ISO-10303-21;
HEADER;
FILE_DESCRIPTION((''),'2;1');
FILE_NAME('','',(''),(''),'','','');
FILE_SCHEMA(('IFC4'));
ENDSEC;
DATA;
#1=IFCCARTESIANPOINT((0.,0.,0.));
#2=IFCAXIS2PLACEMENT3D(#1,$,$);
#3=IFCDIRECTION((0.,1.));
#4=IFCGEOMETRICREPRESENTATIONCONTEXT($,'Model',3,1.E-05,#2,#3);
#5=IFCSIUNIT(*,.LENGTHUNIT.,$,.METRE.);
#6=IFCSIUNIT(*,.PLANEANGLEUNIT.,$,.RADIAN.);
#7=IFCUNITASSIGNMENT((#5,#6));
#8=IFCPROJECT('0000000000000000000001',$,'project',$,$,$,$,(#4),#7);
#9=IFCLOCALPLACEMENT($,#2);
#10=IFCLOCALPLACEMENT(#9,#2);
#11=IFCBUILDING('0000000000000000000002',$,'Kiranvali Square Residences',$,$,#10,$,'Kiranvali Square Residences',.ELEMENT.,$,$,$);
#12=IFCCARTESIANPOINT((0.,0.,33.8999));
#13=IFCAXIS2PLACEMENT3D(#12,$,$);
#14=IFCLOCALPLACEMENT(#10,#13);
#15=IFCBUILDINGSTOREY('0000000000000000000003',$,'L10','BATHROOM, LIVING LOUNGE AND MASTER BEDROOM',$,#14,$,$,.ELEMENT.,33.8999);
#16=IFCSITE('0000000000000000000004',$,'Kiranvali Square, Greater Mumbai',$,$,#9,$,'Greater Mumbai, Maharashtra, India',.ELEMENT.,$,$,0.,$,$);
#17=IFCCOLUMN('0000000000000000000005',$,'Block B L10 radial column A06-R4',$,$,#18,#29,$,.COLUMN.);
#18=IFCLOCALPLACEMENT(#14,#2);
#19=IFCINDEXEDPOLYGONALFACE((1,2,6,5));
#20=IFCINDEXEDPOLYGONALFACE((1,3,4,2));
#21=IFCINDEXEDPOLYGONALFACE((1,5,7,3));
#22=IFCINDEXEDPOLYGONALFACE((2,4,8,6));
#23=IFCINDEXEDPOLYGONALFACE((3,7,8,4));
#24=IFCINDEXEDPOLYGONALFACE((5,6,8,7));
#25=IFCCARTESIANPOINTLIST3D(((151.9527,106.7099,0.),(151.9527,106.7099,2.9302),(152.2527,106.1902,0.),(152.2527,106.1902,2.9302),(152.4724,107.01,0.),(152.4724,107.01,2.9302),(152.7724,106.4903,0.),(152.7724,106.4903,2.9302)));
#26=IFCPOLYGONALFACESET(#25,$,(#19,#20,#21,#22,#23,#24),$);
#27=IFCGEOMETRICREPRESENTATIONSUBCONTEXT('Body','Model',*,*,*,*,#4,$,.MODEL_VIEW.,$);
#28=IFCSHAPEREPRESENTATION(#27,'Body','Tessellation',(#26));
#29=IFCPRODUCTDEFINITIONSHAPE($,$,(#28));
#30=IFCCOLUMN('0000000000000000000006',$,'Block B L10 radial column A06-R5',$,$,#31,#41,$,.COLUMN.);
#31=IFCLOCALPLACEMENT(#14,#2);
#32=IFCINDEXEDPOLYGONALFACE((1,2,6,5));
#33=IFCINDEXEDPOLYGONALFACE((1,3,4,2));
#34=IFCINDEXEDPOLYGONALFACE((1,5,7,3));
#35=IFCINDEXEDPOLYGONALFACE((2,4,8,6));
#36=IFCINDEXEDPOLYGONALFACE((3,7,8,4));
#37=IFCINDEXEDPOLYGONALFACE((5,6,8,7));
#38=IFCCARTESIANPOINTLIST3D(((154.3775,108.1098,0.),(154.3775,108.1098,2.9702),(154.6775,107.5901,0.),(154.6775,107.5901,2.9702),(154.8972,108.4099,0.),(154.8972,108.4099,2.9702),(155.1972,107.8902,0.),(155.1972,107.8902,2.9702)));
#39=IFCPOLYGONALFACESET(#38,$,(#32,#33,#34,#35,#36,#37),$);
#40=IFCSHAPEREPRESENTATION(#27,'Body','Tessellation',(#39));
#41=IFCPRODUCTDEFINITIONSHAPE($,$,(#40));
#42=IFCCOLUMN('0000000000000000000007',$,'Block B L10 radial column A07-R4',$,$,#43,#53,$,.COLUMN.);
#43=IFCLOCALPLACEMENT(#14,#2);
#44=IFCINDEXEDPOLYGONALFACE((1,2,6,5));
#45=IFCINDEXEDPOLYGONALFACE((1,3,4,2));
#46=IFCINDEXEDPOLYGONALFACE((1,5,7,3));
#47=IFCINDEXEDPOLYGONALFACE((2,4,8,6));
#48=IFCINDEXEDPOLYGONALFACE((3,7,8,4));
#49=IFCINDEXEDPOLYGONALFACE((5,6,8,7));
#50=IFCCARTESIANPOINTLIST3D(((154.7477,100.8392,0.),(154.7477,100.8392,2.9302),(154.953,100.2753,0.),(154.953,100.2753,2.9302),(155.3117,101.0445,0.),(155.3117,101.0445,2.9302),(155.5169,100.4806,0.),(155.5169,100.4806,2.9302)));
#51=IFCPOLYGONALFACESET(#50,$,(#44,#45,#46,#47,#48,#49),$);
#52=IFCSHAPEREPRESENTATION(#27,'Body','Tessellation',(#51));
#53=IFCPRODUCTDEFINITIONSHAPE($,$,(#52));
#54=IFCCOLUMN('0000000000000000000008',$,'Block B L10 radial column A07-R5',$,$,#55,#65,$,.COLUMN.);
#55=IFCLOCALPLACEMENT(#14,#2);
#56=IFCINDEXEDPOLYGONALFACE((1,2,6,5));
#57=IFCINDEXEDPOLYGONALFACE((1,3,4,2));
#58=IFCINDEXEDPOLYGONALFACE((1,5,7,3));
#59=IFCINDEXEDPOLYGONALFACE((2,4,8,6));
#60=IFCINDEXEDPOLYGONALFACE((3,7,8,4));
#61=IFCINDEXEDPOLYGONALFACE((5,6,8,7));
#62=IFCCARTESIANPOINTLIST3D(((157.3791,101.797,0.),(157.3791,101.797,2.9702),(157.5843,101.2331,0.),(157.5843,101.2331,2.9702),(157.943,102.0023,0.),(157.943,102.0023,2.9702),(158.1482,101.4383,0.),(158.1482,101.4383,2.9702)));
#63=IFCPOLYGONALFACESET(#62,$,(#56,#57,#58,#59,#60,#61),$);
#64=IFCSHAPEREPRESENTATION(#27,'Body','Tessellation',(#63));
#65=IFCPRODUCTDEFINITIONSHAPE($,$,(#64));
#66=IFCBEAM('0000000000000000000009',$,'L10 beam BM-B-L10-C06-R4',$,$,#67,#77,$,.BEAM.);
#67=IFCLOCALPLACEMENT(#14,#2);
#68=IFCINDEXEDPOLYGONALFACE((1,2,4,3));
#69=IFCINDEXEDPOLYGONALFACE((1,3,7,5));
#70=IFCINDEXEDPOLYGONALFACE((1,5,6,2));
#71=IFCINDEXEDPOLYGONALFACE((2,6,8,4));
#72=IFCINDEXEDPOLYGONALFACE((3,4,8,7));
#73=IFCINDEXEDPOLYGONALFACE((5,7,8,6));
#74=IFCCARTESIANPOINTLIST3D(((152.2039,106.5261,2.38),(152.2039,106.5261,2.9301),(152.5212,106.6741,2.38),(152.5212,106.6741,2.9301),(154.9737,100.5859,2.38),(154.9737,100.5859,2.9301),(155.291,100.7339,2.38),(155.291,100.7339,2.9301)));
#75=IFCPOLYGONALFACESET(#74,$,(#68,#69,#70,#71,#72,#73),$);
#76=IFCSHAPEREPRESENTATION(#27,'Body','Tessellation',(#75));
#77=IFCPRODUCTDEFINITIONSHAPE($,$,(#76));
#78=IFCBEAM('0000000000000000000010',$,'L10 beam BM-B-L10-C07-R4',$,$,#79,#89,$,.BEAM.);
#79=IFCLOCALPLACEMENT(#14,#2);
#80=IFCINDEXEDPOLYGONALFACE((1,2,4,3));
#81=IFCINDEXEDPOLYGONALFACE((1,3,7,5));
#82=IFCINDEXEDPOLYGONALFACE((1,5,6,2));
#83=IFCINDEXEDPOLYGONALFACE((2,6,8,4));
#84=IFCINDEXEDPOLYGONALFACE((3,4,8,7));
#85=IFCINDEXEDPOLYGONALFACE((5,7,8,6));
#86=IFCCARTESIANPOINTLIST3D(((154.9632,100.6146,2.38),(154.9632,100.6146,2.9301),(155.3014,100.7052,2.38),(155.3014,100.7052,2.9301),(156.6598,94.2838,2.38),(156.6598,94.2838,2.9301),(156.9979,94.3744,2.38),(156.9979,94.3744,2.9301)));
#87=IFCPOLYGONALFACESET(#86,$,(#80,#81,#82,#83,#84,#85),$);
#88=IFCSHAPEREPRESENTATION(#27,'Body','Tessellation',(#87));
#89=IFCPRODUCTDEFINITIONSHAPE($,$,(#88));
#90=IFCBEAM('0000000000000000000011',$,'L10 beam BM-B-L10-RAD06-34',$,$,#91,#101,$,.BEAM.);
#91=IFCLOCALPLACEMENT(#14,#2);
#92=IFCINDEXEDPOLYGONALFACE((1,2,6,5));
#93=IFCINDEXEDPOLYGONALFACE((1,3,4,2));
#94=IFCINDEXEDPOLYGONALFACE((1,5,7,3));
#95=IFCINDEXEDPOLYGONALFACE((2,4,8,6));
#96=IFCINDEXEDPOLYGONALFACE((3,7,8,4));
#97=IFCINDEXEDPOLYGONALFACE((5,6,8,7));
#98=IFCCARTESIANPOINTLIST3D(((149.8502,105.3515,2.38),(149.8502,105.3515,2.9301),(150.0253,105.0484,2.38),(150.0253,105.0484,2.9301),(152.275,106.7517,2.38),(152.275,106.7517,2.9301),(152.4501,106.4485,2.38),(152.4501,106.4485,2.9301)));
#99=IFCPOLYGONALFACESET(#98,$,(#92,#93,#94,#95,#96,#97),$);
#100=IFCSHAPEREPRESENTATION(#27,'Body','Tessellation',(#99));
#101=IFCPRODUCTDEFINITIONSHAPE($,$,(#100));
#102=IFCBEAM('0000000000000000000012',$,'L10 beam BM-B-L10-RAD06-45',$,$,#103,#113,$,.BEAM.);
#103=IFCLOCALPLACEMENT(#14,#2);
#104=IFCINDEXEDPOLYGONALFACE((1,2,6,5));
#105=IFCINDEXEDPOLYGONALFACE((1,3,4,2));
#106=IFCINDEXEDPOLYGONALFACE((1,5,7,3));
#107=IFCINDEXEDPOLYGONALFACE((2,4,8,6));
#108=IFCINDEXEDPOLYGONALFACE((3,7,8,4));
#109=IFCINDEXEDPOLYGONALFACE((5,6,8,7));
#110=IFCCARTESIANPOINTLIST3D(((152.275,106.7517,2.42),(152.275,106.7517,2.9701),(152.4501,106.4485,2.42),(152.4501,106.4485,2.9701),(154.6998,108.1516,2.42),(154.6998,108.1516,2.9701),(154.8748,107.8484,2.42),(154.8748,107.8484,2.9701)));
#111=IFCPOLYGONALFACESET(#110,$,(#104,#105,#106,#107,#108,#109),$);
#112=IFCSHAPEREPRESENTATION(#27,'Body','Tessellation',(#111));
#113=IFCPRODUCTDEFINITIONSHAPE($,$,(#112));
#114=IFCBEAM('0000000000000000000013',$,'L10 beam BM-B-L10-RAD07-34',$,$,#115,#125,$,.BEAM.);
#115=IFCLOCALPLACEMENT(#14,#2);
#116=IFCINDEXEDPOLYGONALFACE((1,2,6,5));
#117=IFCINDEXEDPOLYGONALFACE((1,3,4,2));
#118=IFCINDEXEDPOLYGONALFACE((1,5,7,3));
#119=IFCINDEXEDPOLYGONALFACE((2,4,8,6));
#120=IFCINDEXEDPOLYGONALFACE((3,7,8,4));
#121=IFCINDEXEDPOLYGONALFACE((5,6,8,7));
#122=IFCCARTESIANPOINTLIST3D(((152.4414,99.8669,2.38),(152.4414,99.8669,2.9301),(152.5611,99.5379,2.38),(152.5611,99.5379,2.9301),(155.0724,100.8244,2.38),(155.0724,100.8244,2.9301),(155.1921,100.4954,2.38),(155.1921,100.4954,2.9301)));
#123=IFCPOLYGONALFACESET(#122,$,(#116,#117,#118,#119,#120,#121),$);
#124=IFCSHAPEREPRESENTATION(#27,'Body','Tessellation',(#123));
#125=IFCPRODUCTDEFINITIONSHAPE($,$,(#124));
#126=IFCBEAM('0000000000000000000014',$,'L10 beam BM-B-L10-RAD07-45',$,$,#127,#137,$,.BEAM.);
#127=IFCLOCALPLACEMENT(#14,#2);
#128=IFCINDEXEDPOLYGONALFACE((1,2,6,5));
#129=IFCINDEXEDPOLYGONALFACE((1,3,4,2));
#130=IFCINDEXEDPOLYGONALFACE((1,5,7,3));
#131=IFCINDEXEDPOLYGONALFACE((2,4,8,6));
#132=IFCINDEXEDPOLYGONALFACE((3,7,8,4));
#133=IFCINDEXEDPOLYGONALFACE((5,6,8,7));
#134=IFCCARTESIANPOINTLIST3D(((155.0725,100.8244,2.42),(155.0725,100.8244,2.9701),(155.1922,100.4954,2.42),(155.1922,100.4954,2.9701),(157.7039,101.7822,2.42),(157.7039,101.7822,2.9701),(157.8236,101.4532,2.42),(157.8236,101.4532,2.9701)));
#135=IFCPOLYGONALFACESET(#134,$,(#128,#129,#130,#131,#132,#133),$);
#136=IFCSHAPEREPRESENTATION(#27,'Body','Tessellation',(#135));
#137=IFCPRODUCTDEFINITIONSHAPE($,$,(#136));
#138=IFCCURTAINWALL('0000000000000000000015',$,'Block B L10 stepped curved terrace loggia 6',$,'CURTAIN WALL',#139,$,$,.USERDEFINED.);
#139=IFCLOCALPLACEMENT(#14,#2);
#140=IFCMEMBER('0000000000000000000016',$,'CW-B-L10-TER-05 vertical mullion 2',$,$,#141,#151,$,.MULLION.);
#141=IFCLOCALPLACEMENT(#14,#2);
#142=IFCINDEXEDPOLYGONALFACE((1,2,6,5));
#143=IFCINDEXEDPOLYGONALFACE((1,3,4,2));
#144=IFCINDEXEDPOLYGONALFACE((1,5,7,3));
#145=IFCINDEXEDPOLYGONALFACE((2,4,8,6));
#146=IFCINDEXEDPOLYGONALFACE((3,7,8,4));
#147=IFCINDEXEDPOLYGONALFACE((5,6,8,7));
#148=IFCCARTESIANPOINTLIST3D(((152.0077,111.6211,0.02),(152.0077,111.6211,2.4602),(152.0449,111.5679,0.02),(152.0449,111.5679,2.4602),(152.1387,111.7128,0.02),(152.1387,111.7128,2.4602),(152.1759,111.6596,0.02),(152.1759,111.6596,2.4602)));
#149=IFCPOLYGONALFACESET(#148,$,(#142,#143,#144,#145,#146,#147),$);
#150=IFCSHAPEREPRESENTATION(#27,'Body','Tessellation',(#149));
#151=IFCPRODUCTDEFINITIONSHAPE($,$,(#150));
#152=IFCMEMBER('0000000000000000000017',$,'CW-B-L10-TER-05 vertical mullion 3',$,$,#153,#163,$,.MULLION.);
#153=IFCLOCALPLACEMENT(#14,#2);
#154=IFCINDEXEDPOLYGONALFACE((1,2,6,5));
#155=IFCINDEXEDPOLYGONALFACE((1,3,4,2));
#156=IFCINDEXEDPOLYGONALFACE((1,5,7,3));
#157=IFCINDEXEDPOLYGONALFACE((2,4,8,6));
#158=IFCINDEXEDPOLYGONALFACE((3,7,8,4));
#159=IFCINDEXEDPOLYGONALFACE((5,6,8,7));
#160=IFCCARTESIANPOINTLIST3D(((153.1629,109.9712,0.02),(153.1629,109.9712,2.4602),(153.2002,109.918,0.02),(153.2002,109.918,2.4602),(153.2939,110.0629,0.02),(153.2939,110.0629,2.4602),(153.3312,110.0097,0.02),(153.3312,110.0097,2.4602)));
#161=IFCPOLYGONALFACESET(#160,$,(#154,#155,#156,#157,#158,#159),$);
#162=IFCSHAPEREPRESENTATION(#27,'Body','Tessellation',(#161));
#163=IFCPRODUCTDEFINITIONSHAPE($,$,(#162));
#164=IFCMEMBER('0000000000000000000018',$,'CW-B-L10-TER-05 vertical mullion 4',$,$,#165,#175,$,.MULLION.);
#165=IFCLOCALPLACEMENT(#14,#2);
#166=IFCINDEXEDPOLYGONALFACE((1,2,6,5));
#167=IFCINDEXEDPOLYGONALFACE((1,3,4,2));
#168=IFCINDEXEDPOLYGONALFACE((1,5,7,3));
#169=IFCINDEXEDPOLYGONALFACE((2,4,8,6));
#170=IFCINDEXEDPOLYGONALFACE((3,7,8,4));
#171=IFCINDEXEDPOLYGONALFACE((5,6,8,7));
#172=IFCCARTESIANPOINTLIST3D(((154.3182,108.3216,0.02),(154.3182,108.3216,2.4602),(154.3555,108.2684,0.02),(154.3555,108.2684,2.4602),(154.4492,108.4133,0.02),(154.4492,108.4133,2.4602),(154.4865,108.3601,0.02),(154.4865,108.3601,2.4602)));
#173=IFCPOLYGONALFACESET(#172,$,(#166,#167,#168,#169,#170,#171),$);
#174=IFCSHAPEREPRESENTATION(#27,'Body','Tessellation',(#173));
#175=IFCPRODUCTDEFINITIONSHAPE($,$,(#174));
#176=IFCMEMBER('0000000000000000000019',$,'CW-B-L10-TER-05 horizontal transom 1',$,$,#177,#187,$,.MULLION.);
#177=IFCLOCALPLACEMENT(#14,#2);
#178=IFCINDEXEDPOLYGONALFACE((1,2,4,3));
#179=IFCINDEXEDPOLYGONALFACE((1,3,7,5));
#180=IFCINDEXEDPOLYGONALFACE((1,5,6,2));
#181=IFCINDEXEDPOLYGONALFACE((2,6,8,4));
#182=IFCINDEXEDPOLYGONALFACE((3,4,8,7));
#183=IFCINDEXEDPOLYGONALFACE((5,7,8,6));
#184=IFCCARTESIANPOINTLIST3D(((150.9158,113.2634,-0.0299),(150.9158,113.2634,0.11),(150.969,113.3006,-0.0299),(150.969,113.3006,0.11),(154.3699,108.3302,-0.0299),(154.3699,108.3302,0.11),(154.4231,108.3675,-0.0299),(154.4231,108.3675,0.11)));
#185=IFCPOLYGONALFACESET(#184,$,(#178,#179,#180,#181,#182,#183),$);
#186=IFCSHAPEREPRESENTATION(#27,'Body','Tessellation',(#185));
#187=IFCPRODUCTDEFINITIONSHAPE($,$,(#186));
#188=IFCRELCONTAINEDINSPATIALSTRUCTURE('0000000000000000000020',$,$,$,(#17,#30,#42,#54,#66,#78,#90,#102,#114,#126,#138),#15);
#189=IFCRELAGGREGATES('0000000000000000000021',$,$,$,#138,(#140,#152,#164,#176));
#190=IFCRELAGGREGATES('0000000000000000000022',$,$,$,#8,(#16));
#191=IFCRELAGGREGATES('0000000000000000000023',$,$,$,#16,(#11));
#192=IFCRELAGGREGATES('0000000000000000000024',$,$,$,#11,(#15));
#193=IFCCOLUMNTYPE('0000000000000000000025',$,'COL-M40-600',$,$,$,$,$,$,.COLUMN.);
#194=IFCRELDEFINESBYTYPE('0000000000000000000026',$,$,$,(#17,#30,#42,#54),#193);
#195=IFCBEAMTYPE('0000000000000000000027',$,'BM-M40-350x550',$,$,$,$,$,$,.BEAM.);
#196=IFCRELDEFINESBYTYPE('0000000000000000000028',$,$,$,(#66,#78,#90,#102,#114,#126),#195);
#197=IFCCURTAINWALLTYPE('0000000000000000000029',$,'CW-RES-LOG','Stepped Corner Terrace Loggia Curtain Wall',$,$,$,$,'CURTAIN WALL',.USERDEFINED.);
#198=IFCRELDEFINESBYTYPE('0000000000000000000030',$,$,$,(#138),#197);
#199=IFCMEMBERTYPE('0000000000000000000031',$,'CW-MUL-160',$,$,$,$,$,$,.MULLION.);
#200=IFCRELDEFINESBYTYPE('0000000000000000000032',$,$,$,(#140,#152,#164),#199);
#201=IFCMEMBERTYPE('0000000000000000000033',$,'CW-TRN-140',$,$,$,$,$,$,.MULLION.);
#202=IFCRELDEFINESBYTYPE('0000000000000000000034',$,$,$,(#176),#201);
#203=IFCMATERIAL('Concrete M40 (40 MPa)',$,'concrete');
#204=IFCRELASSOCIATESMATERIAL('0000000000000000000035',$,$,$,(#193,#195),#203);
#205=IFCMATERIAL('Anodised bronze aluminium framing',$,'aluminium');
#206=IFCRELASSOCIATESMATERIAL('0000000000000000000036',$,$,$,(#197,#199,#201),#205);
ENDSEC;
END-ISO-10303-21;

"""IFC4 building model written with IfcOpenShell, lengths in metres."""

from ifc_helpers import new_model, si_unit, direction, frame, origin, origin_2d, place, context, subcontext, project, spatial, rectangle, extrude, material, material_profile, profile_set, type_object, element, aggregate, save


model = new_model("IFC4")

# Units and contexts
model_context = context("Model", 3, precision=1e-05, world=origin(), true_north=direction((0.0, 1.0)))
body_context = subcontext(model_context, "Body", "Model", "MODEL_VIEW")
ifc_project = project(units=[si_unit("LENGTHUNIT", "METRE"), si_unit("PLANEANGLEUNIT", "RADIAN")], contexts=[model_context])

# Site, building, storey
site_placement = place(None, origin())
site = spatial("IfcSite", under=ifc_project, at=site_placement, Name="Kiranvali Square, Greater Mumbai", LongName="Greater Mumbai, Maharashtra, India", CompositionType="ELEMENT", RefElevation=0.0)
building_placement = place(site_placement, origin())
building = spatial("IfcBuilding", under=site, at=building_placement, Name="Kiranvali Square Residences", LongName="Kiranvali Square Residences", CompositionType="ELEMENT")
storey_placement = place(building_placement, frame((0.0, 0.0, 33.8999)))
storey = spatial("IfcBuildingStorey", under=building, at=storey_placement, Name="L10", Description="BATHROOM, LIVING LOUNGE AND MASTER BEDROOM", CompositionType="ELEMENT", Elevation=33.8999)

# Columns
ifc_material_1 = material(Name="Concrete M40 (40 MPa)", Category="concrete")
ifc_material_profile_1 = material_profile(ifc_material_1, rectangle(XDim=0.6001, YDim=0.6001, at=origin_2d()), Name="RC 600x600")
ifc_profile_set_1 = profile_set([ifc_material_profile_1], Name="Concrete M40 (40 MPa)")
column_type = type_object("IfcColumnType", Name="COL-M40-600", PredefinedType="COLUMN", material=ifc_profile_set_1)
column_1_placement = place(storey_placement, frame((152.3625, 106.6001, 0.0), z_axis=(0.0, 0.0, 1.0), x_axis=(-0.5, 0.866025, 0.0)))
element("IfcColumn", 1, at=column_1_placement, inside=storey, type_object=column_type, Name="Block B L10 radial column A06-R4", PredefinedType="COLUMN", context=body_context, shape_type="SweptSolid", body=[
    extrude(rectangle(XDim=0.6001, YDim=0.6001, at=origin_2d()), origin(), (0.0, 0.0, 1.0), 2.9302),
])
column_2_placement = place(storey_placement, frame((154.7874, 108.0, 0.0), z_axis=(0.0, 0.0, 1.0), x_axis=(-0.5, 0.866025, 0.0)))
element("IfcColumn", 2, at=column_2_placement, inside=storey, type_object=column_type, Name="Block B L10 radial column A06-R5", PredefinedType="COLUMN", context=body_context, shape_type="SweptSolid", body=[
    extrude(rectangle(XDim=0.6001, YDim=0.6001, at=origin_2d()), origin(), (0.0, 0.0, 1.0), 2.9702),
])
column_3_placement = place(storey_placement, frame((155.1323, 100.6599, 0.0), z_axis=(0.0, 0.0, 1.0), x_axis=(-0.34202, 0.939693, 0.0)))
element("IfcColumn", 3, at=column_3_placement, inside=storey, type_object=column_type, Name="Block B L10 radial column A07-R4", PredefinedType="COLUMN", context=body_context, shape_type="SweptSolid", body=[
    extrude(rectangle(XDim=0.6001, YDim=0.6001, at=origin_2d()), origin(), (0.0, 0.0, 1.0), 2.9302),
])
column_4_placement = place(storey_placement, frame((157.7637, 101.6177, 0.0), z_axis=(0.0, 0.0, 1.0), x_axis=(-0.34202, 0.939693, 0.0)))
element("IfcColumn", 4, at=column_4_placement, inside=storey, type_object=column_type, Name="Block B L10 radial column A07-R5", PredefinedType="COLUMN", context=body_context, shape_type="SweptSolid", body=[
    extrude(rectangle(XDim=0.6001, YDim=0.6001, at=origin_2d()), origin(), (0.0, 0.0, 1.0), 2.9702),
])

# Beams
ifc_material_profile_2 = material_profile(ifc_material_1, rectangle(XDim=0.3501, YDim=0.55, at=origin_2d()), Name="RC 350x550")
ifc_profile_set_2 = profile_set([ifc_material_profile_2], Name="Concrete M40 (40 MPa)")
beam_type_1 = type_object("IfcBeamType", Name="BM-M40-350x550", PredefinedType="BEAM", material=ifc_profile_set_2)
for number, where, z_axis, x_axis, name in (
    (5, (152.3625, 106.6001, 2.655), (0.422596, -0.906318, 0.0), (0.906318, 0.422596, 0.0), "L10 beam BM-B-L10-C06-R4"),
    (6, (155.1323, 100.6599, 2.655), (0.258847, -0.965918, 0.0), (0.965918, 0.258847, 0.0), "L10 beam BM-B-L10-C07-R4"),
):
    element("IfcBeam", number, at=place(storey_placement, frame(where, z_axis=z_axis, x_axis=x_axis)), inside=storey, type_object=beam_type_1, Name=name, PredefinedType="BEAM", context=body_context, shape_type="SweptSolid", body=[
        extrude(rectangle(XDim=0.3501, YDim=0.55, at=origin_2d()), origin(), (0.0, 0.0, 1.0), 6.5542),
    ])
beam_1_placement = place(storey_placement, frame((149.9377, 105.2, 2.655), z_axis=(0.865997, 0.50005, 0.0), x_axis=(-0.50005, 0.865997, 0.0)))
element("IfcBeam", 7, at=beam_1_placement, inside=storey, type_object=beam_type_1, Name="L10 beam BM-B-L10-RAD06-34", PredefinedType="BEAM", context=body_context, shape_type="SweptSolid", body=[
    extrude(rectangle(XDim=0.3501, YDim=0.55, at=origin_2d()), origin(), (0.0, 0.0, 1.0), 2.8),
])
for number, where, z_axis, x_axis, name in (
    (8, (152.3625, 106.6001, 2.6951), (0.866035, 0.499984, 0.0), (-0.499984, 0.866035, 0.0), "L10 beam BM-B-L10-RAD06-45"),
    (9, (152.5012, 99.7024, 2.655), (0.939707, 0.341981, 0.0), (-0.341981, 0.939707, 0.0), "L10 beam BM-B-L10-RAD07-34"),
):
    element("IfcBeam", number, at=place(storey_placement, frame(where, z_axis=z_axis, x_axis=x_axis)), inside=storey, type_object=beam_type_1, Name=name, PredefinedType="BEAM", context=body_context, shape_type="SweptSolid", body=[
        extrude(rectangle(XDim=0.3501, YDim=0.55, at=origin_2d()), origin(), (0.0, 0.0, 1.0), 2.7998),
    ])
beam_2_placement = place(storey_placement, frame((155.1323, 100.6599, 2.6951), z_axis=(0.939689, 0.34203, 0.0), x_axis=(-0.34203, 0.939689, 0.0)))
element("IfcBeam", 10, at=beam_2_placement, inside=storey, type_object=beam_type_1, Name="L10 beam BM-B-L10-RAD07-45", PredefinedType="BEAM", context=body_context, shape_type="SweptSolid", body=[
    extrude(rectangle(XDim=0.3501, YDim=0.55, at=origin_2d()), origin(), (0.0, 0.0, 1.0), 2.8003),
])

# Curtain wall, members
ifc_material_2 = material(Name="Anodised bronze aluminium framing", Category="aluminium")
curtain_wall_type = type_object("IfcCurtainWallType", Name="CW-RES-LOG", Description="Stepped Corner Terrace Loggia Curtain Wall", ElementType="CURTAIN WALL", PredefinedType="USERDEFINED", material=ifc_material_2)
curtain_wall_placement = place(storey_placement, origin())
curtain_wall = element("IfcCurtainWall", 11, at=curtain_wall_placement, inside=storey, type_object=curtain_wall_type, Name="Block B L10 stepped curved terrace loggia 6", ObjectType="CURTAIN WALL", PredefinedType="USERDEFINED")
ifc_material_profile_3 = material_profile(ifc_material_2, rectangle(XDim=0.0649, YDim=0.1599, at=origin_2d()), Name="ALU 65x160")
ifc_profile_set_3 = profile_set([ifc_material_profile_3], Name="Anodised bronze aluminium framing")
member_type_1 = type_object("IfcMemberType", Name="CW-MUL-160", PredefinedType="MULLION", material=ifc_profile_set_3)
member_1_placement = place(storey_placement, frame((152.0918, 111.6404, 0.02), z_axis=(0.0, 0.0, 1.0), x_axis=(0.573576, -0.819152, 0.0)))
member_1 = element("IfcMember", 12, at=member_1_placement, type_object=member_type_1, Name="CW-B-L10-TER-05 vertical mullion 2", PredefinedType="MULLION", context=body_context, shape_type="SweptSolid", body=[
    extrude(rectangle(XDim=0.0649, YDim=0.1599, at=origin_2d()), origin(), (0.0, 0.0, 1.0), 2.4402),
])
member_2_placement = place(storey_placement, frame((153.2471, 109.9905, 0.02), z_axis=(0.0, 0.0, 1.0), x_axis=(0.573576, -0.819152, 0.0)))
member_2 = element("IfcMember", 13, at=member_2_placement, type_object=member_type_1, Name="CW-B-L10-TER-05 vertical mullion 3", PredefinedType="MULLION", context=body_context, shape_type="SweptSolid", body=[
    extrude(rectangle(XDim=0.0649, YDim=0.1599, at=origin_2d()), origin(), (0.0, 0.0, 1.0), 2.4402),
])
member_3_placement = place(storey_placement, frame((154.4023, 108.3408, 0.02), z_axis=(0.0, 0.0, 1.0), x_axis=(0.573576, -0.819152, 0.0)))
member_3 = element("IfcMember", 14, at=member_3_placement, type_object=member_type_1, Name="CW-B-L10-TER-05 vertical mullion 4", PredefinedType="MULLION", context=body_context, shape_type="SweptSolid", body=[
    extrude(rectangle(XDim=0.0649, YDim=0.1599, at=origin_2d()), origin(), (0.0, 0.0, 1.0), 2.4402),
])
ifc_material_profile_4 = material_profile(ifc_material_2, rectangle(XDim=0.0649, YDim=0.1399, at=origin_2d()), Name="ALU 65x140")
ifc_profile_set_4 = profile_set([ifc_material_profile_4], Name="Anodised bronze aluminium framing")
member_type_2 = type_object("IfcMemberType", Name="CW-TRN-140", PredefinedType="MULLION", material=ifc_profile_set_4)
member_4_placement = place(storey_placement, frame((150.9424, 113.282, 0.04), z_axis=(0.573566, -0.81916, 0.0), x_axis=(0.81916, 0.573566, 0.0)))
member_4 = element("IfcMember", 15, at=member_4_placement, type_object=member_type_2, Name="CW-B-L10-TER-05 horizontal transom 1", PredefinedType="MULLION", context=body_context, shape_type="SweptSolid", body=[
    extrude(rectangle(XDim=0.0649, YDim=0.1399, at=origin_2d()), origin(), (0.0, 0.0, 1.0), 6.0222),
])

aggregate(curtain_wall, [member_1, member_2, member_3, member_4])

save(model, "model.ifc")
